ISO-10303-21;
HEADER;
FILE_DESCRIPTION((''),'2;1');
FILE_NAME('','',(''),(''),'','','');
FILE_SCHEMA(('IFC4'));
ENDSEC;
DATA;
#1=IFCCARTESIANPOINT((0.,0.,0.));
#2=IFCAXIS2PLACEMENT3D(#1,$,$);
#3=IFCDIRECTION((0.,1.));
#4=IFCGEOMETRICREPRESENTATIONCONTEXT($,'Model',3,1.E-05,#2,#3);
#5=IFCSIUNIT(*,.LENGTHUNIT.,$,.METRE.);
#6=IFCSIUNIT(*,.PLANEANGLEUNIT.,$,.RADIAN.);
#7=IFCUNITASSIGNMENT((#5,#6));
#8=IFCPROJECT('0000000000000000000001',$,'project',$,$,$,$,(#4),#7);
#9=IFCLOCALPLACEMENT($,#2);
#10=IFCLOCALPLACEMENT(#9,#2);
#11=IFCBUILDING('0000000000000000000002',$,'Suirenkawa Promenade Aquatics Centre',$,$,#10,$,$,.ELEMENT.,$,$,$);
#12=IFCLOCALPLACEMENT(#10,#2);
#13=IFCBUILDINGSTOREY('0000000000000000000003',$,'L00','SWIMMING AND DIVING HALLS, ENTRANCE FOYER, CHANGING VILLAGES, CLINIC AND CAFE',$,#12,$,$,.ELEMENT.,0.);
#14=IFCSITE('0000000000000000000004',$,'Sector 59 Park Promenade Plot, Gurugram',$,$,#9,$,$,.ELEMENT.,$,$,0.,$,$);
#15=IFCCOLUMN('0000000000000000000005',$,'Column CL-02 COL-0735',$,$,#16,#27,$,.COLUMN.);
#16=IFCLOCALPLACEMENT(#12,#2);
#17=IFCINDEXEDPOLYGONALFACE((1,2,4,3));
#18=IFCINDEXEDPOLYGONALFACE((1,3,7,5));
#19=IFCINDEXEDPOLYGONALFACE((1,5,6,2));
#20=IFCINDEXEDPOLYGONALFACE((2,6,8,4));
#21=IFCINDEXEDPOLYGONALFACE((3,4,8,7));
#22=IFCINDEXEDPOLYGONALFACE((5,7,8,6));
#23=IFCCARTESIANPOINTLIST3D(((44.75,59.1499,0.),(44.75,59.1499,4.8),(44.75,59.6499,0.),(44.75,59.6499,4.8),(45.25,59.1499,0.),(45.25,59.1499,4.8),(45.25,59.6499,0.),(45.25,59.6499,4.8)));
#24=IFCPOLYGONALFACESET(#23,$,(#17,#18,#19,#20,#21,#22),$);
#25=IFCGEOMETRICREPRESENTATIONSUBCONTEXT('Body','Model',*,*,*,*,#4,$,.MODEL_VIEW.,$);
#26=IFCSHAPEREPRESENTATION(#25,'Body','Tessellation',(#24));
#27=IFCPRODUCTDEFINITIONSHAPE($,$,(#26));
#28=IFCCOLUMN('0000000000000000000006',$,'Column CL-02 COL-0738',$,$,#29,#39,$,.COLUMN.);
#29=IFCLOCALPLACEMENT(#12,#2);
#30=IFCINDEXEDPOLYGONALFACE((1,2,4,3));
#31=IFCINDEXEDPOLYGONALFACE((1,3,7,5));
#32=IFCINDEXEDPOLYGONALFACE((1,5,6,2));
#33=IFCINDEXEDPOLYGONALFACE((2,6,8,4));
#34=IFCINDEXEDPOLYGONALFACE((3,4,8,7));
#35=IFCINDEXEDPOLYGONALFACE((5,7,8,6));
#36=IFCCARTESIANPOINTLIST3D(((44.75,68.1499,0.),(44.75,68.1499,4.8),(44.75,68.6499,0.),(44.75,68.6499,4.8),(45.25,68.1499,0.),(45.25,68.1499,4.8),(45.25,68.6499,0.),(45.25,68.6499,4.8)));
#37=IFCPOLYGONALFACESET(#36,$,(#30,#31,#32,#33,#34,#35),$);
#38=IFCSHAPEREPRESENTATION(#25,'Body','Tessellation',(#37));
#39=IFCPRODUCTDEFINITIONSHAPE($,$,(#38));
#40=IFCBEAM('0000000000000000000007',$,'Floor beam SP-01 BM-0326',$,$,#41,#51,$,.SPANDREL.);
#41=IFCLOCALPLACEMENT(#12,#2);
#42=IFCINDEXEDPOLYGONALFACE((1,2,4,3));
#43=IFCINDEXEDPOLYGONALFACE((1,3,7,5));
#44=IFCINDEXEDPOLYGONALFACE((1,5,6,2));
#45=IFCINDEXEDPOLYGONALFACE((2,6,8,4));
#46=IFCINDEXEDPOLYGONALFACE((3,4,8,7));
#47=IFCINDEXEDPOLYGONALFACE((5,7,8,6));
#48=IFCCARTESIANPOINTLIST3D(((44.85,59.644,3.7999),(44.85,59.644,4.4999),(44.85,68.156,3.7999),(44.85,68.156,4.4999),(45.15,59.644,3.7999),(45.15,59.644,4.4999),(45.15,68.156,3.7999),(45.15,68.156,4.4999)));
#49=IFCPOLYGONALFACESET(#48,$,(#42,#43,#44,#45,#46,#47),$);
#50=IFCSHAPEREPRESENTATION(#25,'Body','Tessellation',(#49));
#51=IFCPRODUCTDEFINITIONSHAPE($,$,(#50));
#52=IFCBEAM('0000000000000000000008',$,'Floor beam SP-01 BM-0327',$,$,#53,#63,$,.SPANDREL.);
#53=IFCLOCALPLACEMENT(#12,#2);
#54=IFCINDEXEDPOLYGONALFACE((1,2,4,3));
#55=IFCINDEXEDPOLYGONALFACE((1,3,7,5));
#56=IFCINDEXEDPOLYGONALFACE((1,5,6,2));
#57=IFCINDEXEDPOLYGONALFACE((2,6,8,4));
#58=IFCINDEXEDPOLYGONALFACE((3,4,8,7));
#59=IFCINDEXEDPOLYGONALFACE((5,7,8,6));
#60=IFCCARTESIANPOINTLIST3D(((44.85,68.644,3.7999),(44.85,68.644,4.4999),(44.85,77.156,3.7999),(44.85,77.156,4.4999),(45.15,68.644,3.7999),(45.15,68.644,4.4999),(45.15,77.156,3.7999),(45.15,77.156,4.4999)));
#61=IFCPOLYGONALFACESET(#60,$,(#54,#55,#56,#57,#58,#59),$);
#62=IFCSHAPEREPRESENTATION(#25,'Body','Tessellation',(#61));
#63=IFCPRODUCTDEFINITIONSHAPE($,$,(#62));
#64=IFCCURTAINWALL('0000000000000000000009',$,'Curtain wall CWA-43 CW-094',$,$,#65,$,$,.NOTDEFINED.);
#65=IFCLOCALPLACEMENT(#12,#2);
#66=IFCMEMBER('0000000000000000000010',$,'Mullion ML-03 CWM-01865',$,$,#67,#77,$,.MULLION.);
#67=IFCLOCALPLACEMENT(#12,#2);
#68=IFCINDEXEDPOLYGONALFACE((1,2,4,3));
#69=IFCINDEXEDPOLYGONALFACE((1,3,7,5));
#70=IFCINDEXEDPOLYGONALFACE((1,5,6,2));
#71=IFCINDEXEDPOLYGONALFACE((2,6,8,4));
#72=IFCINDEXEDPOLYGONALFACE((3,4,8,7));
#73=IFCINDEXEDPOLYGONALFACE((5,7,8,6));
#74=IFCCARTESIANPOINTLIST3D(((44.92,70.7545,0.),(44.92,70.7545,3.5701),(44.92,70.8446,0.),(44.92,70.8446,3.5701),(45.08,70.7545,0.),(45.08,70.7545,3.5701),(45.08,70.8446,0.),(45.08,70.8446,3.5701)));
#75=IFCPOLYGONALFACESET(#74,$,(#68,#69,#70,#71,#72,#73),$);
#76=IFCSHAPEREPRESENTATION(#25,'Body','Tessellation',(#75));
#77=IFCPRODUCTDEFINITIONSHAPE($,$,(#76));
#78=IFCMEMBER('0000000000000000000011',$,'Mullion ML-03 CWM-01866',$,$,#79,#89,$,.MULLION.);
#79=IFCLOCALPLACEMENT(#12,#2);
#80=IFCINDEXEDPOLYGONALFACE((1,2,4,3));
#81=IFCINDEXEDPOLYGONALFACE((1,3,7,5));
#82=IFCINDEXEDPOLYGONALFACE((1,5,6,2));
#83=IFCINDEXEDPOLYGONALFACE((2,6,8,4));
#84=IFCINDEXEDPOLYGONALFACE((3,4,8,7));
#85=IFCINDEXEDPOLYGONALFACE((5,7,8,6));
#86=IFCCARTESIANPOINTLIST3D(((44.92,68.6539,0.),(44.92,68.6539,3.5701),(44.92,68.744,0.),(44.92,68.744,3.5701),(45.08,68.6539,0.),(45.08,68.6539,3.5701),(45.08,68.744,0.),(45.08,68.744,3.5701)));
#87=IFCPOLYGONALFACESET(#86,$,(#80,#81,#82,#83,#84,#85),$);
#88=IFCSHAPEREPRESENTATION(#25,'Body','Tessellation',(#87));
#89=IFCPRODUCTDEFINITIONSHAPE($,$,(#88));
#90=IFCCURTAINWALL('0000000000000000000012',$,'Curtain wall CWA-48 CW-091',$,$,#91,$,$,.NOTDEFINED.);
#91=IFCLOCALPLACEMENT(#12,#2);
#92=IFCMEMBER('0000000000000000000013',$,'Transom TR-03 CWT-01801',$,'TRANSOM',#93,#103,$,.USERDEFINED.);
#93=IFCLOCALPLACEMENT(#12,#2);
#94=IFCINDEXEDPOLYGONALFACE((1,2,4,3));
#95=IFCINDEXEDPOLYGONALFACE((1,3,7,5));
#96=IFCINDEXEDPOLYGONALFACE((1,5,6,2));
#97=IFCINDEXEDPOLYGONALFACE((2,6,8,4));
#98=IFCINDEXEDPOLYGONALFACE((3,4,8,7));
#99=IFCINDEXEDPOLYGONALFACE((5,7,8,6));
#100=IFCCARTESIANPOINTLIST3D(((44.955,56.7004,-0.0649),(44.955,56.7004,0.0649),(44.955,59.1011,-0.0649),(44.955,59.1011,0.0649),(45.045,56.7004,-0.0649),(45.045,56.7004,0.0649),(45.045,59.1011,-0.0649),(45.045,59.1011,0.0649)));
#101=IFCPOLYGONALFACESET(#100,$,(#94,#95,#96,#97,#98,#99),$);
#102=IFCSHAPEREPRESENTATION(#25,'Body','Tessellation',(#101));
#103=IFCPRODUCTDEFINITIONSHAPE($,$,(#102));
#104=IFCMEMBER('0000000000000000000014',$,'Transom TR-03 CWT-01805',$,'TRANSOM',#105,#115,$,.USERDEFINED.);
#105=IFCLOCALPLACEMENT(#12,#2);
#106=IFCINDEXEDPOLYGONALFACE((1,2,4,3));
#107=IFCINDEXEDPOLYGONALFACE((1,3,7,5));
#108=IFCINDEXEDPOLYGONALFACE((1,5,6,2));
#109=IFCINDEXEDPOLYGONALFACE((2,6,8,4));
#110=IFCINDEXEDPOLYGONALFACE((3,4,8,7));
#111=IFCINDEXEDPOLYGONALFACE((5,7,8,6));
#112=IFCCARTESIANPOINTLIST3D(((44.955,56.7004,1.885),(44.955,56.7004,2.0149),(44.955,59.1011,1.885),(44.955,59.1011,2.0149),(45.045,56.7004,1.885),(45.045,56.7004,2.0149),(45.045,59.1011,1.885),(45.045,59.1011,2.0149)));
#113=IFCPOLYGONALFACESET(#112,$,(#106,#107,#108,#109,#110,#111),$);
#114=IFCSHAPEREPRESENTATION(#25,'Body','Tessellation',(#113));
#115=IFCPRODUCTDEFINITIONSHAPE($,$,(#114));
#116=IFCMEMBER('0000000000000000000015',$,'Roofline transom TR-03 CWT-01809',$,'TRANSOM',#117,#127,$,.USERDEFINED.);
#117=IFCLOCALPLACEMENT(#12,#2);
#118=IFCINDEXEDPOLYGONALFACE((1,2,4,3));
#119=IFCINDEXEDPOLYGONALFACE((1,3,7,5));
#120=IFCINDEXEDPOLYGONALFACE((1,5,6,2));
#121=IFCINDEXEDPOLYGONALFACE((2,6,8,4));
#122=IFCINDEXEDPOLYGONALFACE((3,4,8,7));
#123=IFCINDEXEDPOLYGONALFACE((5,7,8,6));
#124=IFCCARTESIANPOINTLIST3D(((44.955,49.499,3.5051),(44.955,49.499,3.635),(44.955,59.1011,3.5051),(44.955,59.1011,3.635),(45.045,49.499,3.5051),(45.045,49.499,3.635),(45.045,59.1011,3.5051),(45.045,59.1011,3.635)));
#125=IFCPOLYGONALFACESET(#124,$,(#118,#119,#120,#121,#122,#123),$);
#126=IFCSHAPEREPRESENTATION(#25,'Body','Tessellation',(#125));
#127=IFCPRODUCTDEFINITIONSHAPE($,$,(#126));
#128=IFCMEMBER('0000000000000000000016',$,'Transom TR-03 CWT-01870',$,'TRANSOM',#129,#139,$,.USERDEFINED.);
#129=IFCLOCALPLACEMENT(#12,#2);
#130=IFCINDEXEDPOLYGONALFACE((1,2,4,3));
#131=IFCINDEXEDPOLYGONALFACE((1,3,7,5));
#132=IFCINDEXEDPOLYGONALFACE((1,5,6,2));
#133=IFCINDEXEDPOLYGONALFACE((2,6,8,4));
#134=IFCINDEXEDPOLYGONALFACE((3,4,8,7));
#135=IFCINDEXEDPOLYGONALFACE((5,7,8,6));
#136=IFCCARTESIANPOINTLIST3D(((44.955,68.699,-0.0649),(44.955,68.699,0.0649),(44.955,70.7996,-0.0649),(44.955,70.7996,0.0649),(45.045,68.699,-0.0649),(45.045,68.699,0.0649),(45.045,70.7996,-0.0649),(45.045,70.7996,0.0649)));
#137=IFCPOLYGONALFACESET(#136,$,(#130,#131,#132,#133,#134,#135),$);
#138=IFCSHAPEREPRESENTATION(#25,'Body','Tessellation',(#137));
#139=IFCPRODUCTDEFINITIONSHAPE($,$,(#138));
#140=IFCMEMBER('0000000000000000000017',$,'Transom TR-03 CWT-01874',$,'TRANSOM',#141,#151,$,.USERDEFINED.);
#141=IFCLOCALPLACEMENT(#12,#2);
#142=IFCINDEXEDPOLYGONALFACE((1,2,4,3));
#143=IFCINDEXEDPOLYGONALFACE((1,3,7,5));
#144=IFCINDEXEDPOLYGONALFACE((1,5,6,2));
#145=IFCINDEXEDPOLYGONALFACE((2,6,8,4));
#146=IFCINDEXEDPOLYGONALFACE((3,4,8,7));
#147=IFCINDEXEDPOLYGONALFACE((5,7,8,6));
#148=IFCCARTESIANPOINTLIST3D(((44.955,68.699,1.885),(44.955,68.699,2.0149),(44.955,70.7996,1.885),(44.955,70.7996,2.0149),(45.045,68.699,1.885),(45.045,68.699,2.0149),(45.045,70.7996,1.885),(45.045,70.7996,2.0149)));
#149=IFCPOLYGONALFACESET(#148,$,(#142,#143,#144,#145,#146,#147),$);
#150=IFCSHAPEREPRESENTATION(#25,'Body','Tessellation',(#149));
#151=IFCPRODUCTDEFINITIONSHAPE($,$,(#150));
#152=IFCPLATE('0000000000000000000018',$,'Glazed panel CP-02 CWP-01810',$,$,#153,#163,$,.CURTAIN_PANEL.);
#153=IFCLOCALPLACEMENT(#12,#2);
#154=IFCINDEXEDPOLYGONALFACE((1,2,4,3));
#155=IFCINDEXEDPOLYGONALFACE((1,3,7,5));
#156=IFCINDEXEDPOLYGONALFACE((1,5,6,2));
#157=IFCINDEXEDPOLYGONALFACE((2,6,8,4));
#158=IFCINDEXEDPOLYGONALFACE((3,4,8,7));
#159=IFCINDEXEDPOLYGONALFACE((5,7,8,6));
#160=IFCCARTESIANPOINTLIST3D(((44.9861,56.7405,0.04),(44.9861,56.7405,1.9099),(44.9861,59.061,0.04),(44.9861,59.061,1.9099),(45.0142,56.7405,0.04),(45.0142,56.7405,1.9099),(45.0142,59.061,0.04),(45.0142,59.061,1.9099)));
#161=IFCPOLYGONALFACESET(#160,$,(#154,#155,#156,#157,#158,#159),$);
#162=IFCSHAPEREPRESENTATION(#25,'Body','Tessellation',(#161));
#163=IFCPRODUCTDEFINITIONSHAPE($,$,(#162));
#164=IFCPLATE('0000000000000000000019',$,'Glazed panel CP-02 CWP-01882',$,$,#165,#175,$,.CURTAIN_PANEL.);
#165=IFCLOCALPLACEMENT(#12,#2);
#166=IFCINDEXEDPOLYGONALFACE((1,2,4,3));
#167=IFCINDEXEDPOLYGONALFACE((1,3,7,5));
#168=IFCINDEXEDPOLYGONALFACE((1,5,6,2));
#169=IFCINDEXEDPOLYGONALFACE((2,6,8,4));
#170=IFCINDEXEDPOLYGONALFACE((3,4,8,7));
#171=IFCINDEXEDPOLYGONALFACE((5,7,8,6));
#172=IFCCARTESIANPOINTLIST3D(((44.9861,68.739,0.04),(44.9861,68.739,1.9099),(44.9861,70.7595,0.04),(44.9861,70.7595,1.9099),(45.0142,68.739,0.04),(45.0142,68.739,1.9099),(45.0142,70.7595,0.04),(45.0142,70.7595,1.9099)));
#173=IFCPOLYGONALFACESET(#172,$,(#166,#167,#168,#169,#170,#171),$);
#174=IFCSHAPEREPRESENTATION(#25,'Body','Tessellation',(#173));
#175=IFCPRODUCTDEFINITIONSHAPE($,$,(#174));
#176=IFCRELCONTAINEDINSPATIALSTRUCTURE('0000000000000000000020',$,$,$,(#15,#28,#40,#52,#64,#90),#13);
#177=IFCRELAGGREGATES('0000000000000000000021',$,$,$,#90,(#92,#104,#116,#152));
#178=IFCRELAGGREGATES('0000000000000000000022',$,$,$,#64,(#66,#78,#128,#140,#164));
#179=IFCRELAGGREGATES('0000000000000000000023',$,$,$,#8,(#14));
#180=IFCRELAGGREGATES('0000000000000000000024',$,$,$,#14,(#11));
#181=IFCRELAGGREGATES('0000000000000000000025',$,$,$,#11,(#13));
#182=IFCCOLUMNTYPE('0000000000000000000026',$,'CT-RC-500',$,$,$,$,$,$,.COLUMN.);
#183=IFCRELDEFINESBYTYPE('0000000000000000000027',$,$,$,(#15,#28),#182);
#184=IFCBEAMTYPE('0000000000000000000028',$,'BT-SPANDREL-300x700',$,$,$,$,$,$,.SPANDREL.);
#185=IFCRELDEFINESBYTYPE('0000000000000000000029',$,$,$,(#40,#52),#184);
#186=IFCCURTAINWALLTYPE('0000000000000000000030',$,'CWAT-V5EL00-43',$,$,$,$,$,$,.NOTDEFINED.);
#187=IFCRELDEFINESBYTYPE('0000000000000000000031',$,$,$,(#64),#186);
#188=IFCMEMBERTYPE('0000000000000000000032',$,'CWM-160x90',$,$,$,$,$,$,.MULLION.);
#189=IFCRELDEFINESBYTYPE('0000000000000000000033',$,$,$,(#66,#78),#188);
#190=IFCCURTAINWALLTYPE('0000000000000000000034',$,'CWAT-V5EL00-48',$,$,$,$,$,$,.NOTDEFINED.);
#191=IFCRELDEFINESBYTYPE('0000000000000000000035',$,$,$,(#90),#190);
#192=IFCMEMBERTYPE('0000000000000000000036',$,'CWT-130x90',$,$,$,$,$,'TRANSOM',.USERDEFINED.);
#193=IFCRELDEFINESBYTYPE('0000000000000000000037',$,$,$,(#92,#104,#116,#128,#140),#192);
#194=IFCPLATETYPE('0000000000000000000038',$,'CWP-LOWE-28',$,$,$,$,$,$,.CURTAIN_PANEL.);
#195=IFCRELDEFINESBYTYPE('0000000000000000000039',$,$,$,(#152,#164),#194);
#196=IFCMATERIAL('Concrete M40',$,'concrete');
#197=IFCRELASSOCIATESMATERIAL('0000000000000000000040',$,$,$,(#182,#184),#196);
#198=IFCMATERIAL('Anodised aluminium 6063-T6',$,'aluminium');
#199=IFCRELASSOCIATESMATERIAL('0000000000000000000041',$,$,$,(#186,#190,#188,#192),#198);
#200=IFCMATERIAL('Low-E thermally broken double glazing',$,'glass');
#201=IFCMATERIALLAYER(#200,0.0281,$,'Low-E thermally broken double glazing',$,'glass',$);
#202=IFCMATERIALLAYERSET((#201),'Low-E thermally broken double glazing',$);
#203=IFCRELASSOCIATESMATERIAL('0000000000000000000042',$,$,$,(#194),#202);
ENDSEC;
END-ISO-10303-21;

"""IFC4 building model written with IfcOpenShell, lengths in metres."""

from ifc_helpers import new_model, si_unit, direction, frame, origin, origin_2d, place, context, subcontext, project, spatial, polyline, rectangle, outline, extrude, material, layer, layer_set, material_profile, profile_set, type_object, element, aggregate, save


model = new_model("IFC4")

# Units and contexts
model_context = context("Model", 3, precision=1e-05, world=origin(), true_north=direction((0.0, 1.0)))
body_context = subcontext(model_context, "Body", "Model", "MODEL_VIEW")
ifc_project = project(units=[si_unit("LENGTHUNIT", "METRE"), si_unit("PLANEANGLEUNIT", "RADIAN")], contexts=[model_context])

# Site, building, storey
site_placement = place(None, origin())
site = spatial("IfcSite", under=ifc_project, at=site_placement, Name="Sector 59 Park Promenade Plot, Gurugram", CompositionType="ELEMENT", RefElevation=0.0)
building_placement = place(site_placement, origin())
building = spatial("IfcBuilding", under=site, at=building_placement, Name="Suirenkawa Promenade Aquatics Centre", CompositionType="ELEMENT")
storey_placement = place(building_placement, origin())
storey = spatial("IfcBuildingStorey", under=building, at=storey_placement, Name="L00", Description="SWIMMING AND DIVING HALLS, ENTRANCE FOYER, CHANGING VILLAGES, CLINIC AND CAFE", CompositionType="ELEMENT", Elevation=0.0)

# Columns
ifc_material_1 = material(Name="Concrete M40", Category="concrete")
ifc_material_profile_1 = material_profile(ifc_material_1, rectangle(XDim=0.5, YDim=0.5, at=origin_2d()), Name="RC COL 500x500", Category="concrete")
ifc_profile_set_1 = profile_set([ifc_material_profile_1], Name="Concrete M40")
column_type = type_object("IfcColumnType", Name="CT-RC-500", PredefinedType="COLUMN", material=ifc_profile_set_1)
for number, where, z_axis, x_axis, name in (
    (1, (45.0, 59.3999, 0.0), (0.0, 0.0, 1.0), (1.0, 0.0, 0.0), "Column CL-02 COL-0735"),
    (2, (45.0, 68.3999, 0.0), (0.0, 0.0, 1.0), (1.0, 0.0, 0.0), "Column CL-02 COL-0738"),
):
    element("IfcColumn", number, at=place(storey_placement, frame(where, z_axis=z_axis, x_axis=x_axis)), inside=storey, type_object=column_type, Name=name, PredefinedType="COLUMN", context=body_context, shape_type="SweptSolid", body=[
        extrude(rectangle(XDim=0.5, YDim=0.5, at=origin_2d()), origin(), (0.0, 0.0, 1.0), 4.8),
    ])

# Beams
ifc_material_profile_2 = material_profile(ifc_material_1, rectangle(XDim=0.3, YDim=0.7, at=origin_2d()), Name="RC SPANDREL 300x700", Category="concrete")
ifc_profile_set_2 = profile_set([ifc_material_profile_2], Name="Concrete M40")
beam_type = type_object("IfcBeamType", Name="BT-SPANDREL-300x700", PredefinedType="SPANDREL", material=ifc_profile_set_2)
for number, where, z_axis, x_axis, name in (
    (3, (45.0, 59.644, 4.1499), (0.0, 1.0, 0.0), (-1.0, 0.0, 0.0), "Floor beam SP-01 BM-0326"),
    (4, (45.0, 68.644, 4.1499), (0.0, 1.0, 0.0), (-1.0, 0.0, 0.0), "Floor beam SP-01 BM-0327"),
):
    element("IfcBeam", number, at=place(storey_placement, frame(where, z_axis=z_axis, x_axis=x_axis)), inside=storey, type_object=beam_type, Name=name, PredefinedType="SPANDREL", context=body_context, shape_type="SweptSolid", body=[
        extrude(rectangle(XDim=0.3, YDim=0.7, at=origin_2d()), origin(), (0.0, 0.0, 1.0), 8.512),
    ])

# Curtain walls, members
ifc_material_2 = material(Name="Anodised aluminium 6063-T6", Category="aluminium")
curtain_wall_type_1 = type_object("IfcCurtainWallType", Name="CWAT-V5EL00-43", PredefinedType="NOTDEFINED", material=ifc_material_2)
curtain_wall_1_placement = place(storey_placement, origin())
curtain_wall_1 = element("IfcCurtainWall", 5, at=curtain_wall_1_placement, inside=storey, type_object=curtain_wall_type_1, Name="Curtain wall CWA-43 CW-094", PredefinedType="NOTDEFINED")
ifc_material_profile_3 = material_profile(ifc_material_2, rectangle(XDim=0.0901, YDim=0.1599, at=origin_2d()), Name="ALU MULL 90x160", Category="aluminium")
ifc_profile_set_3 = profile_set([ifc_material_profile_3], Name="Anodised aluminium 6063-T6")
member_type_1 = type_object("IfcMemberType", Name="CWM-160x90", PredefinedType="MULLION", material=ifc_profile_set_3)
member_1_placement = place(storey_placement, frame((45.0, 70.7996, 0.0), z_axis=(0.0, 0.0, 1.0), x_axis=(0.0, -1.0, 0.0)))
member_1 = element("IfcMember", 6, at=member_1_placement, type_object=member_type_1, Name="Mullion ML-03 CWM-01865", PredefinedType="MULLION", context=body_context, shape_type="SweptSolid", body=[
    extrude(rectangle(XDim=0.0901, YDim=0.1599, at=origin_2d()), origin(), (0.0, 0.0, 1.0), 3.5701),
])
member_2_placement = place(storey_placement, frame((45.0, 68.699, 0.0), z_axis=(0.0, 0.0, 1.0), x_axis=(0.0, -1.0, 0.0)))
member_2 = element("IfcMember", 7, at=member_2_placement, type_object=member_type_1, Name="Mullion ML-03 CWM-01866", PredefinedType="MULLION", context=body_context, shape_type="SweptSolid", body=[
    extrude(rectangle(XDim=0.0901, YDim=0.1599, at=origin_2d()), origin(), (0.0, 0.0, 1.0), 3.5701),
])
curtain_wall_type_2 = type_object("IfcCurtainWallType", Name="CWAT-V5EL00-48", PredefinedType="NOTDEFINED", material=ifc_material_2)
curtain_wall_2_placement = place(storey_placement, origin())
curtain_wall_2 = element("IfcCurtainWall", 8, at=curtain_wall_2_placement, inside=storey, type_object=curtain_wall_type_2, Name="Curtain wall CWA-48 CW-091", PredefinedType="NOTDEFINED")
ifc_material_profile_4 = material_profile(ifc_material_2, rectangle(XDim=0.0901, YDim=0.1299, at=origin_2d()), Name="ALU TRAN 90x130", Category="aluminium")
ifc_profile_set_4 = profile_set([ifc_material_profile_4], Name="Anodised aluminium 6063-T6")
member_type_2 = type_object("IfcMemberType", Name="CWT-130x90", ElementType="TRANSOM", PredefinedType="USERDEFINED", material=ifc_profile_set_4)
member_3_placement = place(storey_placement, frame((45.0, 59.1011, 0.0), z_axis=(0.0, -1.0, 0.0), x_axis=(1.0, 0.0, 0.0)))
member_3 = element("IfcMember", 9, at=member_3_placement, type_object=member_type_2, Name="Transom TR-03 CWT-01801", ObjectType="TRANSOM", PredefinedType="USERDEFINED", context=body_context, shape_type="SweptSolid", body=[
    extrude(rectangle(XDim=0.0901, YDim=0.1299, at=origin_2d()), origin(), (0.0, 0.0, 1.0), 2.4006),
])
member_4_placement = place(storey_placement, frame((45.0, 59.1011, 1.95), z_axis=(0.0, -1.0, 0.0), x_axis=(1.0, 0.0, 0.0)))
member_4 = element("IfcMember", 10, at=member_4_placement, type_object=member_type_2, Name="Transom TR-03 CWT-01805", ObjectType="TRANSOM", PredefinedType="USERDEFINED", context=body_context, shape_type="SweptSolid", body=[
    extrude(rectangle(XDim=0.0901, YDim=0.1299, at=origin_2d()), origin(), (0.0, 0.0, 1.0), 2.4006),
])
member_5_placement = place(storey_placement, frame((45.0, 59.1011, 3.5701), z_axis=(0.0, -1.0, 0.0), x_axis=(1.0, 0.0, 0.0)))
member_5 = element("IfcMember", 11, at=member_5_placement, type_object=member_type_2, Name="Roofline transom TR-03 CWT-01809", ObjectType="TRANSOM", PredefinedType="USERDEFINED", context=body_context, shape_type="SweptSolid", body=[
    extrude(rectangle(XDim=0.0901, YDim=0.1299, at=origin_2d()), origin(), (0.0, 0.0, 1.0), 9.6021),
])

# Members
member_6_placement = place(storey_placement, frame((45.0, 70.7996, 0.0), z_axis=(0.0, -1.0, 0.0), x_axis=(1.0, 0.0, 0.0)))
member_6 = element("IfcMember", 12, at=member_6_placement, type_object=member_type_2, Name="Transom TR-03 CWT-01870", ObjectType="TRANSOM", PredefinedType="USERDEFINED", context=body_context, shape_type="SweptSolid", body=[
    extrude(rectangle(XDim=0.0901, YDim=0.1299, at=origin_2d()), origin(), (0.0, 0.0, 1.0), 2.1006),
])
member_7_placement = place(storey_placement, frame((45.0, 70.7996, 1.95), z_axis=(0.0, -1.0, 0.0), x_axis=(1.0, 0.0, 0.0)))
member_7 = element("IfcMember", 13, at=member_7_placement, type_object=member_type_2, Name="Transom TR-03 CWT-01874", ObjectType="TRANSOM", PredefinedType="USERDEFINED", context=body_context, shape_type="SweptSolid", body=[
    extrude(rectangle(XDim=0.0901, YDim=0.1299, at=origin_2d()), origin(), (0.0, 0.0, 1.0), 2.1006),
])

# Plates
ifc_material_3 = material(Name="Low-E thermally broken double glazing", Category="glass")
ifc_layer_1 = layer(ifc_material_3, 0.0281, Name="Low-E thermally broken double glazing", Category="glass")
ifc_layer_set_1 = layer_set([ifc_layer_1], Name="Low-E thermally broken double glazing")
plate_type = type_object("IfcPlateType", Name="CWP-LOWE-28", PredefinedType="CURTAIN_PANEL", material=ifc_layer_set_1)
plate_1_placement = place(storey_placement, frame((45.0, 59.1011, 0.04), z_axis=(0.0, 0.0, 1.0), x_axis=(0.0, -1.0, 0.0)))
plate_1 = element("IfcPlate", 14, at=plate_1_placement, type_object=plate_type, Name="Glazed panel CP-02 CWP-01810", PredefinedType="CURTAIN_PANEL", context=body_context, shape_type="SweptSolid", body=[
    extrude(outline(polyline([(0.04, 0.0), (2.3606, 0.0), (2.3606, 1.8699), (0.04, 1.8699), (0.04, 0.0)])), frame((0.0, 0.0142, 0.0), z_axis=(0.0, -1.0, 0.0), x_axis=(1.0, 0.0, 0.0)), (0.0, 0.0, 1.0), 0.0281),
])
aggregate(curtain_wall_2, [member_3, member_4, member_5, plate_1])
plate_2_placement = place(storey_placement, frame((45.0, 70.7996, 0.04), z_axis=(0.0, 0.0, 1.0), x_axis=(0.0, -1.0, 0.0)))
plate_2 = element("IfcPlate", 15, at=plate_2_placement, type_object=plate_type, Name="Glazed panel CP-02 CWP-01882", PredefinedType="CURTAIN_PANEL", context=body_context, shape_type="SweptSolid", body=[
    extrude(outline(polyline([(0.04, 0.0), (2.0605, 0.0), (2.0605, 1.8699), (0.04, 1.8699), (0.04, 0.0)])), frame((0.0, 0.0142, 0.0), z_axis=(0.0, -1.0, 0.0), x_axis=(1.0, 0.0, 0.0)), (0.0, 0.0, 1.0), 0.0281),
])
aggregate(curtain_wall_1, [member_1, member_2, member_6, member_7, plate_2])

save(model, "model.ifc")
